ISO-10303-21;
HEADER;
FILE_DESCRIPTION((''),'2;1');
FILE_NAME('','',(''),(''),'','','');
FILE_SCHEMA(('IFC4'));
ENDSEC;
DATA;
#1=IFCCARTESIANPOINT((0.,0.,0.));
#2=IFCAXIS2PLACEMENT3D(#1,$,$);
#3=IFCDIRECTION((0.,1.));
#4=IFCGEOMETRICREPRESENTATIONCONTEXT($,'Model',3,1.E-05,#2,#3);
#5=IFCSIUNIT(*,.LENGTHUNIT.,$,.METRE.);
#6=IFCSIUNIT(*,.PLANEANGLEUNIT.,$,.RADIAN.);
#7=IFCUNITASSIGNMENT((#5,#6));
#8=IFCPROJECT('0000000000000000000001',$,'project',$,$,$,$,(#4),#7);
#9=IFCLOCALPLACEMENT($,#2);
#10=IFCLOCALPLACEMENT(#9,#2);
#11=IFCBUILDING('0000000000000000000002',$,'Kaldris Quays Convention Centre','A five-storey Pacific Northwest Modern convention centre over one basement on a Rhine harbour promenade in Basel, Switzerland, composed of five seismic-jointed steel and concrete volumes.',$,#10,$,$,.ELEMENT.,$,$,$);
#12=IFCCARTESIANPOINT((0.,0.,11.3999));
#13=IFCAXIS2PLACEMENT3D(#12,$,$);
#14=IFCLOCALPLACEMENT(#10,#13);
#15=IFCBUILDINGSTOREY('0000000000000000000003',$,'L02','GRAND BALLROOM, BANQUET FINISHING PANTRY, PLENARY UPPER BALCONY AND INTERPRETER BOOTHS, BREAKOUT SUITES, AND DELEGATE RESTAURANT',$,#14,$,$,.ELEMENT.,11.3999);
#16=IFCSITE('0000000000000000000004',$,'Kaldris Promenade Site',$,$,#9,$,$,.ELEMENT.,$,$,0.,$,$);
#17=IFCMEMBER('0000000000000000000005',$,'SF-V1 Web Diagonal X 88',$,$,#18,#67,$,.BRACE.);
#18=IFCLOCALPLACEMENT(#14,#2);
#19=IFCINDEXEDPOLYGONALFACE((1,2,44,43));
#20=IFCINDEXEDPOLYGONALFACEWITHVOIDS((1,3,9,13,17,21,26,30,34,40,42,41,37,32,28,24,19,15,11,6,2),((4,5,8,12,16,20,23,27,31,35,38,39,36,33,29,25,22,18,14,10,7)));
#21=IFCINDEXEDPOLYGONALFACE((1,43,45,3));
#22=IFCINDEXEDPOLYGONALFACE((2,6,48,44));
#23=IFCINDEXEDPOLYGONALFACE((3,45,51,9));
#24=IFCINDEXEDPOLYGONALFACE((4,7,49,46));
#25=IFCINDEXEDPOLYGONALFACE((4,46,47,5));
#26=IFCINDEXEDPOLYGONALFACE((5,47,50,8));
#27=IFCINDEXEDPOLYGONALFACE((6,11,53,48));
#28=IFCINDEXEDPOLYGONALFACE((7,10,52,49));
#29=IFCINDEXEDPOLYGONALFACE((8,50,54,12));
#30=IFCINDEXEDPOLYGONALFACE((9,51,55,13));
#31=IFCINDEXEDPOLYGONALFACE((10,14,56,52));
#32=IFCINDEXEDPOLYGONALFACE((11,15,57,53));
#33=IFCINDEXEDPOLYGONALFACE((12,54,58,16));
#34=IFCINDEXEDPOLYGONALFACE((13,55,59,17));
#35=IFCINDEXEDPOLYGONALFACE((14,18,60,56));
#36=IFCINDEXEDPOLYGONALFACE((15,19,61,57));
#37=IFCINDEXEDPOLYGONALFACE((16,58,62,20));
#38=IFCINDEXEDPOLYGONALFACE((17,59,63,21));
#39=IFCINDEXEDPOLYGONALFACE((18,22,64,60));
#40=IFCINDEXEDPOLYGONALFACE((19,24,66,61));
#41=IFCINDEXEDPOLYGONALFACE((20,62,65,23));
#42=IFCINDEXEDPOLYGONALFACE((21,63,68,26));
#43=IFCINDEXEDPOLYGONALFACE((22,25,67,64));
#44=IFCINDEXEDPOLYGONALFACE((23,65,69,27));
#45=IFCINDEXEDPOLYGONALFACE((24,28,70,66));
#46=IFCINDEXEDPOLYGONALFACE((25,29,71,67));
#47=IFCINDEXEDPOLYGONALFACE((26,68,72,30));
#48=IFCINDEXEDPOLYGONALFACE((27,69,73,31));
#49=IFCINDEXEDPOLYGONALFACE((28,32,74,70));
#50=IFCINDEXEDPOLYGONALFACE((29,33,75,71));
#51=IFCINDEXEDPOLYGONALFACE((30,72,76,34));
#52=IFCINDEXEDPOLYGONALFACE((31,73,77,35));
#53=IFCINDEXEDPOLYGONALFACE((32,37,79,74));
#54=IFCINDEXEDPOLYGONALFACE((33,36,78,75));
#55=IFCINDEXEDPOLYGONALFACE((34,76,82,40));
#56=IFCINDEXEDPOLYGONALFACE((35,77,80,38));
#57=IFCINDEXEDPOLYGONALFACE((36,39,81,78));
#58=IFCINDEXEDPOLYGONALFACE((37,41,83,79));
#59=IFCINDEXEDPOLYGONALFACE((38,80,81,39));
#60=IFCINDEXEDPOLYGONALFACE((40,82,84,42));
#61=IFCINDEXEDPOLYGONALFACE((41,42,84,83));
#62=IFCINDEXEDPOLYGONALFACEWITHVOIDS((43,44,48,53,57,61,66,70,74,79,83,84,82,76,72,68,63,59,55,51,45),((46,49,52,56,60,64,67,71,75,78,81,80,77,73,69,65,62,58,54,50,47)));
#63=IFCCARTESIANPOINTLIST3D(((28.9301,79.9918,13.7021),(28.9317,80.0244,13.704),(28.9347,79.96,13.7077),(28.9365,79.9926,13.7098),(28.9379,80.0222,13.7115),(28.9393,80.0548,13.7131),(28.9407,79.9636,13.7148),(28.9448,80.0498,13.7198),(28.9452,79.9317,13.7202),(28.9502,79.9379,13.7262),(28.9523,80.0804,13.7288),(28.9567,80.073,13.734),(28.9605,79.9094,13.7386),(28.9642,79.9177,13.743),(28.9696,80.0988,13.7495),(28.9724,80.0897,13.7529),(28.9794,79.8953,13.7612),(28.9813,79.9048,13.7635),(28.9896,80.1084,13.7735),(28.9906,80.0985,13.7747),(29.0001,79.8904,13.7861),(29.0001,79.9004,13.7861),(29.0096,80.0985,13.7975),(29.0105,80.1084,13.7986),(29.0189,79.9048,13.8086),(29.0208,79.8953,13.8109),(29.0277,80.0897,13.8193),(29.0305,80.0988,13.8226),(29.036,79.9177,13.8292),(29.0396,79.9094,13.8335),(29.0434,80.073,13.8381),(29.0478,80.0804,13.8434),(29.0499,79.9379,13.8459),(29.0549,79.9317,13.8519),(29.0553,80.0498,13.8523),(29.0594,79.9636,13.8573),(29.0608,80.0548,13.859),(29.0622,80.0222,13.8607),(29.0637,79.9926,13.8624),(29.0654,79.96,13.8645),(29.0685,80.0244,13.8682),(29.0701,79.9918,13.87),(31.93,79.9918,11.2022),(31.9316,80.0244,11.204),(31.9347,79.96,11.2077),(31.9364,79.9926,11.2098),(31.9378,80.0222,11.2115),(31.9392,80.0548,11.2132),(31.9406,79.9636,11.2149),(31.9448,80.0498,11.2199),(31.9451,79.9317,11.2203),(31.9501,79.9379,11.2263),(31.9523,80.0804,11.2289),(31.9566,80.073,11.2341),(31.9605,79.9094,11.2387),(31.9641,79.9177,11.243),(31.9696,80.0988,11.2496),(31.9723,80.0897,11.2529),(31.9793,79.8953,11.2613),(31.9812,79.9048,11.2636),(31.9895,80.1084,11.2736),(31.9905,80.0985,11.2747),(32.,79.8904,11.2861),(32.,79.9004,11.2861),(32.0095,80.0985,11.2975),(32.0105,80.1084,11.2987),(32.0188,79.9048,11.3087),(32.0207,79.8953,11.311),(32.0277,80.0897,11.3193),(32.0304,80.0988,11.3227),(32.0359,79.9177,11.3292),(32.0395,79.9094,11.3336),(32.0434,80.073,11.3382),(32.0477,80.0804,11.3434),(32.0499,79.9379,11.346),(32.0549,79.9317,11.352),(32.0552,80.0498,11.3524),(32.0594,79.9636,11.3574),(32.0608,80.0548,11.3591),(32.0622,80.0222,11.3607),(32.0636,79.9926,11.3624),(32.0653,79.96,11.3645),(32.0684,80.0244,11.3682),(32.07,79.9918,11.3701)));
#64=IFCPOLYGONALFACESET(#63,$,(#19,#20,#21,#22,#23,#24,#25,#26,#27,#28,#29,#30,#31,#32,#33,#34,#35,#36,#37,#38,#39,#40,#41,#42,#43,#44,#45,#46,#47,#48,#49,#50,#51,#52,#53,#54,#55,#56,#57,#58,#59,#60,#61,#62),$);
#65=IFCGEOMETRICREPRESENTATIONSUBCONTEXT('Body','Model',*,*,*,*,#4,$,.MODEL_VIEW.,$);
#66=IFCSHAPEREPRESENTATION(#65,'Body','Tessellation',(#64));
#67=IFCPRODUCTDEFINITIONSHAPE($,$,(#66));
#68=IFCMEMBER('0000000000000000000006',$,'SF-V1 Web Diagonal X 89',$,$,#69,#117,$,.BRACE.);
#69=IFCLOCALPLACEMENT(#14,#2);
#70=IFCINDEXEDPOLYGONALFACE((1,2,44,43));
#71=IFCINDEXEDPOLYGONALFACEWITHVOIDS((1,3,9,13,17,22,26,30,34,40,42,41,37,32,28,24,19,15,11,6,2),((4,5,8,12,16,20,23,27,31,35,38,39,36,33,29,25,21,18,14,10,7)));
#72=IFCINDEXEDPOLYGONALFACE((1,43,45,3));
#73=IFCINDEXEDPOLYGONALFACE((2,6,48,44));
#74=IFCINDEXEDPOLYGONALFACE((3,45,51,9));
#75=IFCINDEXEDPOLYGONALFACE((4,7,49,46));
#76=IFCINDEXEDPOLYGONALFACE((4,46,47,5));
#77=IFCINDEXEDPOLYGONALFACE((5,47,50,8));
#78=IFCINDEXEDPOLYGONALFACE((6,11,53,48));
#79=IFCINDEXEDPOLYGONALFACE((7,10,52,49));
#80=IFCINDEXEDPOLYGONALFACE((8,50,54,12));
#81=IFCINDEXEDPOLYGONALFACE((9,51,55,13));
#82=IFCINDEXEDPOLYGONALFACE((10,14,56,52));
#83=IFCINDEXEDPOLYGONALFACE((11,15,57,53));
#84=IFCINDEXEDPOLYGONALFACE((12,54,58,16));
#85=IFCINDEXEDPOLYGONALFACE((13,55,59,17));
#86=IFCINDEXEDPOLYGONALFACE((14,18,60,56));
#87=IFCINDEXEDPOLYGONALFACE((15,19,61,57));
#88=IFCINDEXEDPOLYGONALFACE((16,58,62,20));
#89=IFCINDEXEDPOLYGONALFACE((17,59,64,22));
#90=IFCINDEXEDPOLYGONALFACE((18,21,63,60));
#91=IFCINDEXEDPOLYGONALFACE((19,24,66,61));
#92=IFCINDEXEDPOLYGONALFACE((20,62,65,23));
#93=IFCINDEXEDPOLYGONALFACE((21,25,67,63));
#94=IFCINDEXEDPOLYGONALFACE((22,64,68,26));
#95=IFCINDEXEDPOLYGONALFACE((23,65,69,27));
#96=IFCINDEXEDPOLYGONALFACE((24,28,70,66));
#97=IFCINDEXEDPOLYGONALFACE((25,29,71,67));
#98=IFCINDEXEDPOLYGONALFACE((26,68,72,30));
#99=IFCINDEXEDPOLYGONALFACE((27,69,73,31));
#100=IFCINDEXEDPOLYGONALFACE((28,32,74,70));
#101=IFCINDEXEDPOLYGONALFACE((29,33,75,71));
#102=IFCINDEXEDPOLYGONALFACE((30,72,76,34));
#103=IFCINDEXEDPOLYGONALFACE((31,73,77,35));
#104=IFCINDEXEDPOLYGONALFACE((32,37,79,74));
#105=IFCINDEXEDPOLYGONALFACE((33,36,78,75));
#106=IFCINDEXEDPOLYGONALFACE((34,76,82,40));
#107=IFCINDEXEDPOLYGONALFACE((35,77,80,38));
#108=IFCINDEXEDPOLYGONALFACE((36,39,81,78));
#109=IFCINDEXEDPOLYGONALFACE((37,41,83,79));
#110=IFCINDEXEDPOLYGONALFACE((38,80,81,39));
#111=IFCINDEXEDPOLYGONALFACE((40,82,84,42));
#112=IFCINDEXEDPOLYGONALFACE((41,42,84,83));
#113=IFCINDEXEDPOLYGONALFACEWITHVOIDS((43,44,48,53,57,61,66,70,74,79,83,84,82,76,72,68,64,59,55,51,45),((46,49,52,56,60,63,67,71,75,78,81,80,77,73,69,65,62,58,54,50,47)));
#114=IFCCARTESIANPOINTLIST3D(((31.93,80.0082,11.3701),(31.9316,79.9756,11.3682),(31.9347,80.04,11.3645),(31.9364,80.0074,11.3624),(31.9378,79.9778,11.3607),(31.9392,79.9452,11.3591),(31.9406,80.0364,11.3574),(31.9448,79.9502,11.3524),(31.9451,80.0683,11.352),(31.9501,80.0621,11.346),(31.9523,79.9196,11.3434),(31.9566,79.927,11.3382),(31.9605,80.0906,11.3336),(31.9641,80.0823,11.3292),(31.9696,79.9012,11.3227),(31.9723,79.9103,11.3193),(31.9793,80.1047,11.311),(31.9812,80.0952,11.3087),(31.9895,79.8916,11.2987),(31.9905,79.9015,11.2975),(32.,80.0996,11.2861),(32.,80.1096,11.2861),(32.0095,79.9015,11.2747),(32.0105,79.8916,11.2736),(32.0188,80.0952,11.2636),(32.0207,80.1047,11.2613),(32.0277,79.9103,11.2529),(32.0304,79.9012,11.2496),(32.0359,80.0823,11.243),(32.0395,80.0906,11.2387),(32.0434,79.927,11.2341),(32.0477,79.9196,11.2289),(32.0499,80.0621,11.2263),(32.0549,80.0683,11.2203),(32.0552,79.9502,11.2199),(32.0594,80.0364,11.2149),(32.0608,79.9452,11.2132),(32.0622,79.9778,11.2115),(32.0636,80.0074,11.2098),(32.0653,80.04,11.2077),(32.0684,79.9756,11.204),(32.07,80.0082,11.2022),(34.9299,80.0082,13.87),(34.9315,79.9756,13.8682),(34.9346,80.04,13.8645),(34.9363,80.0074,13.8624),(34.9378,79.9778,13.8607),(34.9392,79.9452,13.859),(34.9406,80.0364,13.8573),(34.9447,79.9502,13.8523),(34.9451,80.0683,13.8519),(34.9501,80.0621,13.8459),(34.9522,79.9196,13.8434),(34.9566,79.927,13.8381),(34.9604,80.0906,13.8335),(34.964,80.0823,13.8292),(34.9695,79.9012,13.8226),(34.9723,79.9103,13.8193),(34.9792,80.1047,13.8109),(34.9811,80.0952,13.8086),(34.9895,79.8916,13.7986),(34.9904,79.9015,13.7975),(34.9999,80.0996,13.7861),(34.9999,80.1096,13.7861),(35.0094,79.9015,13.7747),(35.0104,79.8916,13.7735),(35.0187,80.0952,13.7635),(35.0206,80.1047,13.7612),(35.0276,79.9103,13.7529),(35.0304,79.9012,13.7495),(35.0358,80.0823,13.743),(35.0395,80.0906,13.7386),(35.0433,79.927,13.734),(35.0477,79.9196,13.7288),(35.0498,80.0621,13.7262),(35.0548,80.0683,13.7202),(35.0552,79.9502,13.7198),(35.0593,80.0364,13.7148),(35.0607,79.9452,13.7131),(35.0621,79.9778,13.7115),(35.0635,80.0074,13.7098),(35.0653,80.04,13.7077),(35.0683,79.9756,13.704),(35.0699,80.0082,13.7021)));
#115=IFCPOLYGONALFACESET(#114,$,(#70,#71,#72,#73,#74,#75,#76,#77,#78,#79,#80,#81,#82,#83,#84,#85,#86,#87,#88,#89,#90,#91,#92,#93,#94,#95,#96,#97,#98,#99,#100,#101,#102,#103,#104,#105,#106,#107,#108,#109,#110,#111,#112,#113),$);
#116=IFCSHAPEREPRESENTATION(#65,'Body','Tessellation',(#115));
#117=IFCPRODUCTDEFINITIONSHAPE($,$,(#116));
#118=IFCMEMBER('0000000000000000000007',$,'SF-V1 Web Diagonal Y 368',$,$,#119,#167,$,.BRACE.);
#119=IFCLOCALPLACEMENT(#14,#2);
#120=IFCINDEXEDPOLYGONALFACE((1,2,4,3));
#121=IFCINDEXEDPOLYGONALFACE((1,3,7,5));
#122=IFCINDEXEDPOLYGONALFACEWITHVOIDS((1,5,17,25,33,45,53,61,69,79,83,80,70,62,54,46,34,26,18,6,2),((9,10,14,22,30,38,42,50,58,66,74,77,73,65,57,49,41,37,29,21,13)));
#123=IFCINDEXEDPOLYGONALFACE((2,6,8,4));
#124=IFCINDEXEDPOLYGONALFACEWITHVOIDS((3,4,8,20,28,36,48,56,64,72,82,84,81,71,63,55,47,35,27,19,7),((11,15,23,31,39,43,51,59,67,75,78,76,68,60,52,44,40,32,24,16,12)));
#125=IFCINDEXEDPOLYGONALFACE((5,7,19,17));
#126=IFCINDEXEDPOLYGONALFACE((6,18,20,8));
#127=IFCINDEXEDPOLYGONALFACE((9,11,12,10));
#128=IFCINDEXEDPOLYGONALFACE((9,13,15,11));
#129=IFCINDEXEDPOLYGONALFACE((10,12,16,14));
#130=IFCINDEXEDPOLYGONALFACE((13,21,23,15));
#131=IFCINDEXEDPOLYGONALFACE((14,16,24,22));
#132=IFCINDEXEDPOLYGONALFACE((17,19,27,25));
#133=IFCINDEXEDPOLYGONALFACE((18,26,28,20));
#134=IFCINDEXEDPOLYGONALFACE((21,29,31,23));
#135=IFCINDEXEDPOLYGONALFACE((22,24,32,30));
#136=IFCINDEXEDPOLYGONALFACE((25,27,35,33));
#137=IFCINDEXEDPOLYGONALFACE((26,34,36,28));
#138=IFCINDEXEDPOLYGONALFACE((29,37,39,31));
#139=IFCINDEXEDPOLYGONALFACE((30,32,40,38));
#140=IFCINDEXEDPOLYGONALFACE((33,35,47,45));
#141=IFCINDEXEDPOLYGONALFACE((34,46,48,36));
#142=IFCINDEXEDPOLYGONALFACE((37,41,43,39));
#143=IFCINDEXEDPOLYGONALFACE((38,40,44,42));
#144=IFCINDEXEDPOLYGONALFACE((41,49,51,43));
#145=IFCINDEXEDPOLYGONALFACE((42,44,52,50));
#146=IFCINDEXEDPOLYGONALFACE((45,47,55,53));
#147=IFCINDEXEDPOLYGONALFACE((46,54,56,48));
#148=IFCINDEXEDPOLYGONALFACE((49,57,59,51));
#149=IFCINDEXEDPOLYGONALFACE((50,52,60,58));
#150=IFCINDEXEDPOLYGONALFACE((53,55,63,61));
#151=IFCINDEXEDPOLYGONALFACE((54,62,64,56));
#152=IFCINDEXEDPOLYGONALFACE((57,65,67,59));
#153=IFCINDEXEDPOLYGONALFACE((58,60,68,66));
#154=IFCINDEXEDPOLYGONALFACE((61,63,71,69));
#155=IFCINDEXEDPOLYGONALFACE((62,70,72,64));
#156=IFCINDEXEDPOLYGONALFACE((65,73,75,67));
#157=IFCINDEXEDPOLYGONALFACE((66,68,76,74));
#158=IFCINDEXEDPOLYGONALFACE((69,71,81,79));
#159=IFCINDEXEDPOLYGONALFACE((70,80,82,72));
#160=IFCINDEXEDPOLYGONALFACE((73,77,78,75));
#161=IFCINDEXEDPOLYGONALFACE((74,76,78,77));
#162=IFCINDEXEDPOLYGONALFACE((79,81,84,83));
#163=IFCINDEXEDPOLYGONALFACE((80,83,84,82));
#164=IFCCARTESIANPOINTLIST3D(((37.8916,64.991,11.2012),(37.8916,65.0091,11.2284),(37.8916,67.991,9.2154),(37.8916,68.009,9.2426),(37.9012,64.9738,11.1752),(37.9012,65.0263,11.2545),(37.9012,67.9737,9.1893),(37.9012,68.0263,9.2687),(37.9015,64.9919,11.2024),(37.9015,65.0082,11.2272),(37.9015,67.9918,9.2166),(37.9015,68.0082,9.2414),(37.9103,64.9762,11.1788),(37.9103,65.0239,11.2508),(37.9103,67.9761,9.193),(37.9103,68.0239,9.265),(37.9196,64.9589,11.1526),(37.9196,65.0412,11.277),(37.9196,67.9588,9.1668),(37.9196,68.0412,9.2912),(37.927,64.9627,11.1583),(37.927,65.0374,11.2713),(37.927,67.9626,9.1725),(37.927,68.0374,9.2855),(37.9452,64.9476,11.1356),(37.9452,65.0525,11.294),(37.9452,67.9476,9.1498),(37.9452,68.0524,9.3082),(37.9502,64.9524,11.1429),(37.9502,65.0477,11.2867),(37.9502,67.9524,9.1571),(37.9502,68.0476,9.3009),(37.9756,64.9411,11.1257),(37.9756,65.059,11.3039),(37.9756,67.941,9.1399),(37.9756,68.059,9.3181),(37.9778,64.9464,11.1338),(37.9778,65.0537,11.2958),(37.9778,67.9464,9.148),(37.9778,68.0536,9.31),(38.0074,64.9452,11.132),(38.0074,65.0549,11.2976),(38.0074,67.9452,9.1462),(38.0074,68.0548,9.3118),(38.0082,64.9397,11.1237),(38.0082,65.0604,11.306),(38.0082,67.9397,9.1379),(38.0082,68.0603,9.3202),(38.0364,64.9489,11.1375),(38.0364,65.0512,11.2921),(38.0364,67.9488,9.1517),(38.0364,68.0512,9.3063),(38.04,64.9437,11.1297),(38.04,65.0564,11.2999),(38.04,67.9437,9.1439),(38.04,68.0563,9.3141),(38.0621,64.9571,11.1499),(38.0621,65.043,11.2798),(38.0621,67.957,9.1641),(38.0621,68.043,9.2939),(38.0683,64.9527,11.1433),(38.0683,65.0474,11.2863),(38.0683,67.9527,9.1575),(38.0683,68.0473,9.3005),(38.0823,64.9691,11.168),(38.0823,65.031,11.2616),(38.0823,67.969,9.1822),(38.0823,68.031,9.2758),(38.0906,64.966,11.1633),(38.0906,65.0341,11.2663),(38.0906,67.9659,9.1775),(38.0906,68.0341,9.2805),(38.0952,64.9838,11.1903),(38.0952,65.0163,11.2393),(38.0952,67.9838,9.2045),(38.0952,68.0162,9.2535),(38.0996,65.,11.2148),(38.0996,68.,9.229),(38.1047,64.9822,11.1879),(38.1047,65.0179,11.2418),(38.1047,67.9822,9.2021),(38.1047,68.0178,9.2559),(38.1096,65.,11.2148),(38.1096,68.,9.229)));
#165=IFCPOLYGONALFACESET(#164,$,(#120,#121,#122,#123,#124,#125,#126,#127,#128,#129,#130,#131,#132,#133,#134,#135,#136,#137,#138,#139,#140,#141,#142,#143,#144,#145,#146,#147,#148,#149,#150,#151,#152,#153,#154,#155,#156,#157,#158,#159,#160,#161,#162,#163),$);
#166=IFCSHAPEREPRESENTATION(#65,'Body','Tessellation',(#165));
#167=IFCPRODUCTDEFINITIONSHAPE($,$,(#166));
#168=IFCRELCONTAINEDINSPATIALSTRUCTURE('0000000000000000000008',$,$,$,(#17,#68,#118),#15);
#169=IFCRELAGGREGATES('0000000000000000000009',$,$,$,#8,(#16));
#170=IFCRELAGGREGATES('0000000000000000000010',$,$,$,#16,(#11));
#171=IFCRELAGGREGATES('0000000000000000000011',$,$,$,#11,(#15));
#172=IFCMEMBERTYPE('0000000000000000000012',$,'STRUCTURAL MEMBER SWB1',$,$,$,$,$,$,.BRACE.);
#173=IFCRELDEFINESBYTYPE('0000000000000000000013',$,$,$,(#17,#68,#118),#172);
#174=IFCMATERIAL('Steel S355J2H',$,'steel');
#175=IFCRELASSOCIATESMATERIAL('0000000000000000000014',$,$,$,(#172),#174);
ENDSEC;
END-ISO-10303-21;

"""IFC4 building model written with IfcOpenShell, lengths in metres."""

from ifc_helpers import new_model, si_unit, direction, frame, origin, origin_2d, place, context, subcontext, project, spatial, hollow_circle, extrude, material, material_profile, profile_set, type_object, element, save


model = new_model("IFC4")

# Units and contexts
model_context = context("Model", 3, precision=1e-05, world=origin(), true_north=direction((0.0, 1.0)))
body_context = subcontext(model_context, "Body", "Model", "MODEL_VIEW")
ifc_project = project(units=[si_unit("LENGTHUNIT", "METRE"), si_unit("PLANEANGLEUNIT", "RADIAN")], contexts=[model_context])

# Site, building, storey
site_placement = place(None, origin())
site = spatial("IfcSite", under=ifc_project, at=site_placement, Name="Kaldris Promenade Site", CompositionType="ELEMENT", RefElevation=0.0)
building_placement = place(site_placement, origin())
building = spatial("IfcBuilding", under=site, at=building_placement, Name="Kaldris Quays Convention Centre", Description="A five-storey Pacific Northwest Modern convention centre over one basement on a Rhine harbour promenade in Basel, Switzerland, composed of five seismic-jointed steel and concrete volumes.", CompositionType="ELEMENT")
storey_placement = place(building_placement, frame((0.0, 0.0, 11.3999)))
storey = spatial("IfcBuildingStorey", under=building, at=storey_placement, Name="L02", Description="GRAND BALLROOM, BANQUET FINISHING PANTRY, PLENARY UPPER BALCONY AND INTERPRETER BOOTHS, BREAKOUT SUITES, AND DELEGATE RESTAURANT", CompositionType="ELEMENT", Elevation=11.3999)

# Members
ifc_material_1 = material(Name="Steel S355J2H", Category="steel")
ifc_material_profile_1 = material_profile(ifc_material_1, hollow_circle(Radius=0.1096, WallThickness=0.01, at=origin_2d()), Name="CHS 219.1x10")
ifc_profile_set_1 = profile_set([ifc_material_profile_1], Name="Steel S355J2H")
member_type_1 = type_object("IfcMemberType", Name="STRUCTURAL MEMBER SWB1", PredefinedType="BRACE", material=ifc_profile_set_1)
for number, where, z_axis, x_axis, name in (
    (1, (32.0, 80.0, 11.2861), (-0.768221, 0.0, 0.640184), (0.0, -1.0, 0.0), "SF-V1 Web Diagonal X 88"),
    (2, (32.0, 80.0, 11.2861), (0.768221, 0.0, 0.640184), (0.0, 1.0, 0.0), "SF-V1 Web Diagonal X 89"),
):
    element("IfcMember", number, at=place(storey_placement, frame(where, z_axis=z_axis, x_axis=x_axis)), inside=storey, type_object=member_type_1, Name=name, PredefinedType="BRACE", context=body_context, shape_type="SweptSolid", body=[
        extrude(hollow_circle(Radius=0.1096, WallThickness=0.01, at=origin_2d()), origin(), (0.0, 0.0, 1.0), 3.905),
    ])
member_1_placement = place(storey_placement, frame((38.0, 68.0, 9.229), z_axis=(0.0, -0.833862, 0.551972), x_axis=(1.0, 0.0, 0.0)))
element("IfcMember", 3, at=member_1_placement, inside=storey, type_object=member_type_1, Name="SF-V1 Web Diagonal Y 368", PredefinedType="BRACE", context=body_context, shape_type="SweptSolid", body=[
    extrude(hollow_circle(Radius=0.1096, WallThickness=0.01, at=origin_2d()), origin(), (0.0, 0.0, 1.0), 3.5977),
])

save(model, "model.ifc")
